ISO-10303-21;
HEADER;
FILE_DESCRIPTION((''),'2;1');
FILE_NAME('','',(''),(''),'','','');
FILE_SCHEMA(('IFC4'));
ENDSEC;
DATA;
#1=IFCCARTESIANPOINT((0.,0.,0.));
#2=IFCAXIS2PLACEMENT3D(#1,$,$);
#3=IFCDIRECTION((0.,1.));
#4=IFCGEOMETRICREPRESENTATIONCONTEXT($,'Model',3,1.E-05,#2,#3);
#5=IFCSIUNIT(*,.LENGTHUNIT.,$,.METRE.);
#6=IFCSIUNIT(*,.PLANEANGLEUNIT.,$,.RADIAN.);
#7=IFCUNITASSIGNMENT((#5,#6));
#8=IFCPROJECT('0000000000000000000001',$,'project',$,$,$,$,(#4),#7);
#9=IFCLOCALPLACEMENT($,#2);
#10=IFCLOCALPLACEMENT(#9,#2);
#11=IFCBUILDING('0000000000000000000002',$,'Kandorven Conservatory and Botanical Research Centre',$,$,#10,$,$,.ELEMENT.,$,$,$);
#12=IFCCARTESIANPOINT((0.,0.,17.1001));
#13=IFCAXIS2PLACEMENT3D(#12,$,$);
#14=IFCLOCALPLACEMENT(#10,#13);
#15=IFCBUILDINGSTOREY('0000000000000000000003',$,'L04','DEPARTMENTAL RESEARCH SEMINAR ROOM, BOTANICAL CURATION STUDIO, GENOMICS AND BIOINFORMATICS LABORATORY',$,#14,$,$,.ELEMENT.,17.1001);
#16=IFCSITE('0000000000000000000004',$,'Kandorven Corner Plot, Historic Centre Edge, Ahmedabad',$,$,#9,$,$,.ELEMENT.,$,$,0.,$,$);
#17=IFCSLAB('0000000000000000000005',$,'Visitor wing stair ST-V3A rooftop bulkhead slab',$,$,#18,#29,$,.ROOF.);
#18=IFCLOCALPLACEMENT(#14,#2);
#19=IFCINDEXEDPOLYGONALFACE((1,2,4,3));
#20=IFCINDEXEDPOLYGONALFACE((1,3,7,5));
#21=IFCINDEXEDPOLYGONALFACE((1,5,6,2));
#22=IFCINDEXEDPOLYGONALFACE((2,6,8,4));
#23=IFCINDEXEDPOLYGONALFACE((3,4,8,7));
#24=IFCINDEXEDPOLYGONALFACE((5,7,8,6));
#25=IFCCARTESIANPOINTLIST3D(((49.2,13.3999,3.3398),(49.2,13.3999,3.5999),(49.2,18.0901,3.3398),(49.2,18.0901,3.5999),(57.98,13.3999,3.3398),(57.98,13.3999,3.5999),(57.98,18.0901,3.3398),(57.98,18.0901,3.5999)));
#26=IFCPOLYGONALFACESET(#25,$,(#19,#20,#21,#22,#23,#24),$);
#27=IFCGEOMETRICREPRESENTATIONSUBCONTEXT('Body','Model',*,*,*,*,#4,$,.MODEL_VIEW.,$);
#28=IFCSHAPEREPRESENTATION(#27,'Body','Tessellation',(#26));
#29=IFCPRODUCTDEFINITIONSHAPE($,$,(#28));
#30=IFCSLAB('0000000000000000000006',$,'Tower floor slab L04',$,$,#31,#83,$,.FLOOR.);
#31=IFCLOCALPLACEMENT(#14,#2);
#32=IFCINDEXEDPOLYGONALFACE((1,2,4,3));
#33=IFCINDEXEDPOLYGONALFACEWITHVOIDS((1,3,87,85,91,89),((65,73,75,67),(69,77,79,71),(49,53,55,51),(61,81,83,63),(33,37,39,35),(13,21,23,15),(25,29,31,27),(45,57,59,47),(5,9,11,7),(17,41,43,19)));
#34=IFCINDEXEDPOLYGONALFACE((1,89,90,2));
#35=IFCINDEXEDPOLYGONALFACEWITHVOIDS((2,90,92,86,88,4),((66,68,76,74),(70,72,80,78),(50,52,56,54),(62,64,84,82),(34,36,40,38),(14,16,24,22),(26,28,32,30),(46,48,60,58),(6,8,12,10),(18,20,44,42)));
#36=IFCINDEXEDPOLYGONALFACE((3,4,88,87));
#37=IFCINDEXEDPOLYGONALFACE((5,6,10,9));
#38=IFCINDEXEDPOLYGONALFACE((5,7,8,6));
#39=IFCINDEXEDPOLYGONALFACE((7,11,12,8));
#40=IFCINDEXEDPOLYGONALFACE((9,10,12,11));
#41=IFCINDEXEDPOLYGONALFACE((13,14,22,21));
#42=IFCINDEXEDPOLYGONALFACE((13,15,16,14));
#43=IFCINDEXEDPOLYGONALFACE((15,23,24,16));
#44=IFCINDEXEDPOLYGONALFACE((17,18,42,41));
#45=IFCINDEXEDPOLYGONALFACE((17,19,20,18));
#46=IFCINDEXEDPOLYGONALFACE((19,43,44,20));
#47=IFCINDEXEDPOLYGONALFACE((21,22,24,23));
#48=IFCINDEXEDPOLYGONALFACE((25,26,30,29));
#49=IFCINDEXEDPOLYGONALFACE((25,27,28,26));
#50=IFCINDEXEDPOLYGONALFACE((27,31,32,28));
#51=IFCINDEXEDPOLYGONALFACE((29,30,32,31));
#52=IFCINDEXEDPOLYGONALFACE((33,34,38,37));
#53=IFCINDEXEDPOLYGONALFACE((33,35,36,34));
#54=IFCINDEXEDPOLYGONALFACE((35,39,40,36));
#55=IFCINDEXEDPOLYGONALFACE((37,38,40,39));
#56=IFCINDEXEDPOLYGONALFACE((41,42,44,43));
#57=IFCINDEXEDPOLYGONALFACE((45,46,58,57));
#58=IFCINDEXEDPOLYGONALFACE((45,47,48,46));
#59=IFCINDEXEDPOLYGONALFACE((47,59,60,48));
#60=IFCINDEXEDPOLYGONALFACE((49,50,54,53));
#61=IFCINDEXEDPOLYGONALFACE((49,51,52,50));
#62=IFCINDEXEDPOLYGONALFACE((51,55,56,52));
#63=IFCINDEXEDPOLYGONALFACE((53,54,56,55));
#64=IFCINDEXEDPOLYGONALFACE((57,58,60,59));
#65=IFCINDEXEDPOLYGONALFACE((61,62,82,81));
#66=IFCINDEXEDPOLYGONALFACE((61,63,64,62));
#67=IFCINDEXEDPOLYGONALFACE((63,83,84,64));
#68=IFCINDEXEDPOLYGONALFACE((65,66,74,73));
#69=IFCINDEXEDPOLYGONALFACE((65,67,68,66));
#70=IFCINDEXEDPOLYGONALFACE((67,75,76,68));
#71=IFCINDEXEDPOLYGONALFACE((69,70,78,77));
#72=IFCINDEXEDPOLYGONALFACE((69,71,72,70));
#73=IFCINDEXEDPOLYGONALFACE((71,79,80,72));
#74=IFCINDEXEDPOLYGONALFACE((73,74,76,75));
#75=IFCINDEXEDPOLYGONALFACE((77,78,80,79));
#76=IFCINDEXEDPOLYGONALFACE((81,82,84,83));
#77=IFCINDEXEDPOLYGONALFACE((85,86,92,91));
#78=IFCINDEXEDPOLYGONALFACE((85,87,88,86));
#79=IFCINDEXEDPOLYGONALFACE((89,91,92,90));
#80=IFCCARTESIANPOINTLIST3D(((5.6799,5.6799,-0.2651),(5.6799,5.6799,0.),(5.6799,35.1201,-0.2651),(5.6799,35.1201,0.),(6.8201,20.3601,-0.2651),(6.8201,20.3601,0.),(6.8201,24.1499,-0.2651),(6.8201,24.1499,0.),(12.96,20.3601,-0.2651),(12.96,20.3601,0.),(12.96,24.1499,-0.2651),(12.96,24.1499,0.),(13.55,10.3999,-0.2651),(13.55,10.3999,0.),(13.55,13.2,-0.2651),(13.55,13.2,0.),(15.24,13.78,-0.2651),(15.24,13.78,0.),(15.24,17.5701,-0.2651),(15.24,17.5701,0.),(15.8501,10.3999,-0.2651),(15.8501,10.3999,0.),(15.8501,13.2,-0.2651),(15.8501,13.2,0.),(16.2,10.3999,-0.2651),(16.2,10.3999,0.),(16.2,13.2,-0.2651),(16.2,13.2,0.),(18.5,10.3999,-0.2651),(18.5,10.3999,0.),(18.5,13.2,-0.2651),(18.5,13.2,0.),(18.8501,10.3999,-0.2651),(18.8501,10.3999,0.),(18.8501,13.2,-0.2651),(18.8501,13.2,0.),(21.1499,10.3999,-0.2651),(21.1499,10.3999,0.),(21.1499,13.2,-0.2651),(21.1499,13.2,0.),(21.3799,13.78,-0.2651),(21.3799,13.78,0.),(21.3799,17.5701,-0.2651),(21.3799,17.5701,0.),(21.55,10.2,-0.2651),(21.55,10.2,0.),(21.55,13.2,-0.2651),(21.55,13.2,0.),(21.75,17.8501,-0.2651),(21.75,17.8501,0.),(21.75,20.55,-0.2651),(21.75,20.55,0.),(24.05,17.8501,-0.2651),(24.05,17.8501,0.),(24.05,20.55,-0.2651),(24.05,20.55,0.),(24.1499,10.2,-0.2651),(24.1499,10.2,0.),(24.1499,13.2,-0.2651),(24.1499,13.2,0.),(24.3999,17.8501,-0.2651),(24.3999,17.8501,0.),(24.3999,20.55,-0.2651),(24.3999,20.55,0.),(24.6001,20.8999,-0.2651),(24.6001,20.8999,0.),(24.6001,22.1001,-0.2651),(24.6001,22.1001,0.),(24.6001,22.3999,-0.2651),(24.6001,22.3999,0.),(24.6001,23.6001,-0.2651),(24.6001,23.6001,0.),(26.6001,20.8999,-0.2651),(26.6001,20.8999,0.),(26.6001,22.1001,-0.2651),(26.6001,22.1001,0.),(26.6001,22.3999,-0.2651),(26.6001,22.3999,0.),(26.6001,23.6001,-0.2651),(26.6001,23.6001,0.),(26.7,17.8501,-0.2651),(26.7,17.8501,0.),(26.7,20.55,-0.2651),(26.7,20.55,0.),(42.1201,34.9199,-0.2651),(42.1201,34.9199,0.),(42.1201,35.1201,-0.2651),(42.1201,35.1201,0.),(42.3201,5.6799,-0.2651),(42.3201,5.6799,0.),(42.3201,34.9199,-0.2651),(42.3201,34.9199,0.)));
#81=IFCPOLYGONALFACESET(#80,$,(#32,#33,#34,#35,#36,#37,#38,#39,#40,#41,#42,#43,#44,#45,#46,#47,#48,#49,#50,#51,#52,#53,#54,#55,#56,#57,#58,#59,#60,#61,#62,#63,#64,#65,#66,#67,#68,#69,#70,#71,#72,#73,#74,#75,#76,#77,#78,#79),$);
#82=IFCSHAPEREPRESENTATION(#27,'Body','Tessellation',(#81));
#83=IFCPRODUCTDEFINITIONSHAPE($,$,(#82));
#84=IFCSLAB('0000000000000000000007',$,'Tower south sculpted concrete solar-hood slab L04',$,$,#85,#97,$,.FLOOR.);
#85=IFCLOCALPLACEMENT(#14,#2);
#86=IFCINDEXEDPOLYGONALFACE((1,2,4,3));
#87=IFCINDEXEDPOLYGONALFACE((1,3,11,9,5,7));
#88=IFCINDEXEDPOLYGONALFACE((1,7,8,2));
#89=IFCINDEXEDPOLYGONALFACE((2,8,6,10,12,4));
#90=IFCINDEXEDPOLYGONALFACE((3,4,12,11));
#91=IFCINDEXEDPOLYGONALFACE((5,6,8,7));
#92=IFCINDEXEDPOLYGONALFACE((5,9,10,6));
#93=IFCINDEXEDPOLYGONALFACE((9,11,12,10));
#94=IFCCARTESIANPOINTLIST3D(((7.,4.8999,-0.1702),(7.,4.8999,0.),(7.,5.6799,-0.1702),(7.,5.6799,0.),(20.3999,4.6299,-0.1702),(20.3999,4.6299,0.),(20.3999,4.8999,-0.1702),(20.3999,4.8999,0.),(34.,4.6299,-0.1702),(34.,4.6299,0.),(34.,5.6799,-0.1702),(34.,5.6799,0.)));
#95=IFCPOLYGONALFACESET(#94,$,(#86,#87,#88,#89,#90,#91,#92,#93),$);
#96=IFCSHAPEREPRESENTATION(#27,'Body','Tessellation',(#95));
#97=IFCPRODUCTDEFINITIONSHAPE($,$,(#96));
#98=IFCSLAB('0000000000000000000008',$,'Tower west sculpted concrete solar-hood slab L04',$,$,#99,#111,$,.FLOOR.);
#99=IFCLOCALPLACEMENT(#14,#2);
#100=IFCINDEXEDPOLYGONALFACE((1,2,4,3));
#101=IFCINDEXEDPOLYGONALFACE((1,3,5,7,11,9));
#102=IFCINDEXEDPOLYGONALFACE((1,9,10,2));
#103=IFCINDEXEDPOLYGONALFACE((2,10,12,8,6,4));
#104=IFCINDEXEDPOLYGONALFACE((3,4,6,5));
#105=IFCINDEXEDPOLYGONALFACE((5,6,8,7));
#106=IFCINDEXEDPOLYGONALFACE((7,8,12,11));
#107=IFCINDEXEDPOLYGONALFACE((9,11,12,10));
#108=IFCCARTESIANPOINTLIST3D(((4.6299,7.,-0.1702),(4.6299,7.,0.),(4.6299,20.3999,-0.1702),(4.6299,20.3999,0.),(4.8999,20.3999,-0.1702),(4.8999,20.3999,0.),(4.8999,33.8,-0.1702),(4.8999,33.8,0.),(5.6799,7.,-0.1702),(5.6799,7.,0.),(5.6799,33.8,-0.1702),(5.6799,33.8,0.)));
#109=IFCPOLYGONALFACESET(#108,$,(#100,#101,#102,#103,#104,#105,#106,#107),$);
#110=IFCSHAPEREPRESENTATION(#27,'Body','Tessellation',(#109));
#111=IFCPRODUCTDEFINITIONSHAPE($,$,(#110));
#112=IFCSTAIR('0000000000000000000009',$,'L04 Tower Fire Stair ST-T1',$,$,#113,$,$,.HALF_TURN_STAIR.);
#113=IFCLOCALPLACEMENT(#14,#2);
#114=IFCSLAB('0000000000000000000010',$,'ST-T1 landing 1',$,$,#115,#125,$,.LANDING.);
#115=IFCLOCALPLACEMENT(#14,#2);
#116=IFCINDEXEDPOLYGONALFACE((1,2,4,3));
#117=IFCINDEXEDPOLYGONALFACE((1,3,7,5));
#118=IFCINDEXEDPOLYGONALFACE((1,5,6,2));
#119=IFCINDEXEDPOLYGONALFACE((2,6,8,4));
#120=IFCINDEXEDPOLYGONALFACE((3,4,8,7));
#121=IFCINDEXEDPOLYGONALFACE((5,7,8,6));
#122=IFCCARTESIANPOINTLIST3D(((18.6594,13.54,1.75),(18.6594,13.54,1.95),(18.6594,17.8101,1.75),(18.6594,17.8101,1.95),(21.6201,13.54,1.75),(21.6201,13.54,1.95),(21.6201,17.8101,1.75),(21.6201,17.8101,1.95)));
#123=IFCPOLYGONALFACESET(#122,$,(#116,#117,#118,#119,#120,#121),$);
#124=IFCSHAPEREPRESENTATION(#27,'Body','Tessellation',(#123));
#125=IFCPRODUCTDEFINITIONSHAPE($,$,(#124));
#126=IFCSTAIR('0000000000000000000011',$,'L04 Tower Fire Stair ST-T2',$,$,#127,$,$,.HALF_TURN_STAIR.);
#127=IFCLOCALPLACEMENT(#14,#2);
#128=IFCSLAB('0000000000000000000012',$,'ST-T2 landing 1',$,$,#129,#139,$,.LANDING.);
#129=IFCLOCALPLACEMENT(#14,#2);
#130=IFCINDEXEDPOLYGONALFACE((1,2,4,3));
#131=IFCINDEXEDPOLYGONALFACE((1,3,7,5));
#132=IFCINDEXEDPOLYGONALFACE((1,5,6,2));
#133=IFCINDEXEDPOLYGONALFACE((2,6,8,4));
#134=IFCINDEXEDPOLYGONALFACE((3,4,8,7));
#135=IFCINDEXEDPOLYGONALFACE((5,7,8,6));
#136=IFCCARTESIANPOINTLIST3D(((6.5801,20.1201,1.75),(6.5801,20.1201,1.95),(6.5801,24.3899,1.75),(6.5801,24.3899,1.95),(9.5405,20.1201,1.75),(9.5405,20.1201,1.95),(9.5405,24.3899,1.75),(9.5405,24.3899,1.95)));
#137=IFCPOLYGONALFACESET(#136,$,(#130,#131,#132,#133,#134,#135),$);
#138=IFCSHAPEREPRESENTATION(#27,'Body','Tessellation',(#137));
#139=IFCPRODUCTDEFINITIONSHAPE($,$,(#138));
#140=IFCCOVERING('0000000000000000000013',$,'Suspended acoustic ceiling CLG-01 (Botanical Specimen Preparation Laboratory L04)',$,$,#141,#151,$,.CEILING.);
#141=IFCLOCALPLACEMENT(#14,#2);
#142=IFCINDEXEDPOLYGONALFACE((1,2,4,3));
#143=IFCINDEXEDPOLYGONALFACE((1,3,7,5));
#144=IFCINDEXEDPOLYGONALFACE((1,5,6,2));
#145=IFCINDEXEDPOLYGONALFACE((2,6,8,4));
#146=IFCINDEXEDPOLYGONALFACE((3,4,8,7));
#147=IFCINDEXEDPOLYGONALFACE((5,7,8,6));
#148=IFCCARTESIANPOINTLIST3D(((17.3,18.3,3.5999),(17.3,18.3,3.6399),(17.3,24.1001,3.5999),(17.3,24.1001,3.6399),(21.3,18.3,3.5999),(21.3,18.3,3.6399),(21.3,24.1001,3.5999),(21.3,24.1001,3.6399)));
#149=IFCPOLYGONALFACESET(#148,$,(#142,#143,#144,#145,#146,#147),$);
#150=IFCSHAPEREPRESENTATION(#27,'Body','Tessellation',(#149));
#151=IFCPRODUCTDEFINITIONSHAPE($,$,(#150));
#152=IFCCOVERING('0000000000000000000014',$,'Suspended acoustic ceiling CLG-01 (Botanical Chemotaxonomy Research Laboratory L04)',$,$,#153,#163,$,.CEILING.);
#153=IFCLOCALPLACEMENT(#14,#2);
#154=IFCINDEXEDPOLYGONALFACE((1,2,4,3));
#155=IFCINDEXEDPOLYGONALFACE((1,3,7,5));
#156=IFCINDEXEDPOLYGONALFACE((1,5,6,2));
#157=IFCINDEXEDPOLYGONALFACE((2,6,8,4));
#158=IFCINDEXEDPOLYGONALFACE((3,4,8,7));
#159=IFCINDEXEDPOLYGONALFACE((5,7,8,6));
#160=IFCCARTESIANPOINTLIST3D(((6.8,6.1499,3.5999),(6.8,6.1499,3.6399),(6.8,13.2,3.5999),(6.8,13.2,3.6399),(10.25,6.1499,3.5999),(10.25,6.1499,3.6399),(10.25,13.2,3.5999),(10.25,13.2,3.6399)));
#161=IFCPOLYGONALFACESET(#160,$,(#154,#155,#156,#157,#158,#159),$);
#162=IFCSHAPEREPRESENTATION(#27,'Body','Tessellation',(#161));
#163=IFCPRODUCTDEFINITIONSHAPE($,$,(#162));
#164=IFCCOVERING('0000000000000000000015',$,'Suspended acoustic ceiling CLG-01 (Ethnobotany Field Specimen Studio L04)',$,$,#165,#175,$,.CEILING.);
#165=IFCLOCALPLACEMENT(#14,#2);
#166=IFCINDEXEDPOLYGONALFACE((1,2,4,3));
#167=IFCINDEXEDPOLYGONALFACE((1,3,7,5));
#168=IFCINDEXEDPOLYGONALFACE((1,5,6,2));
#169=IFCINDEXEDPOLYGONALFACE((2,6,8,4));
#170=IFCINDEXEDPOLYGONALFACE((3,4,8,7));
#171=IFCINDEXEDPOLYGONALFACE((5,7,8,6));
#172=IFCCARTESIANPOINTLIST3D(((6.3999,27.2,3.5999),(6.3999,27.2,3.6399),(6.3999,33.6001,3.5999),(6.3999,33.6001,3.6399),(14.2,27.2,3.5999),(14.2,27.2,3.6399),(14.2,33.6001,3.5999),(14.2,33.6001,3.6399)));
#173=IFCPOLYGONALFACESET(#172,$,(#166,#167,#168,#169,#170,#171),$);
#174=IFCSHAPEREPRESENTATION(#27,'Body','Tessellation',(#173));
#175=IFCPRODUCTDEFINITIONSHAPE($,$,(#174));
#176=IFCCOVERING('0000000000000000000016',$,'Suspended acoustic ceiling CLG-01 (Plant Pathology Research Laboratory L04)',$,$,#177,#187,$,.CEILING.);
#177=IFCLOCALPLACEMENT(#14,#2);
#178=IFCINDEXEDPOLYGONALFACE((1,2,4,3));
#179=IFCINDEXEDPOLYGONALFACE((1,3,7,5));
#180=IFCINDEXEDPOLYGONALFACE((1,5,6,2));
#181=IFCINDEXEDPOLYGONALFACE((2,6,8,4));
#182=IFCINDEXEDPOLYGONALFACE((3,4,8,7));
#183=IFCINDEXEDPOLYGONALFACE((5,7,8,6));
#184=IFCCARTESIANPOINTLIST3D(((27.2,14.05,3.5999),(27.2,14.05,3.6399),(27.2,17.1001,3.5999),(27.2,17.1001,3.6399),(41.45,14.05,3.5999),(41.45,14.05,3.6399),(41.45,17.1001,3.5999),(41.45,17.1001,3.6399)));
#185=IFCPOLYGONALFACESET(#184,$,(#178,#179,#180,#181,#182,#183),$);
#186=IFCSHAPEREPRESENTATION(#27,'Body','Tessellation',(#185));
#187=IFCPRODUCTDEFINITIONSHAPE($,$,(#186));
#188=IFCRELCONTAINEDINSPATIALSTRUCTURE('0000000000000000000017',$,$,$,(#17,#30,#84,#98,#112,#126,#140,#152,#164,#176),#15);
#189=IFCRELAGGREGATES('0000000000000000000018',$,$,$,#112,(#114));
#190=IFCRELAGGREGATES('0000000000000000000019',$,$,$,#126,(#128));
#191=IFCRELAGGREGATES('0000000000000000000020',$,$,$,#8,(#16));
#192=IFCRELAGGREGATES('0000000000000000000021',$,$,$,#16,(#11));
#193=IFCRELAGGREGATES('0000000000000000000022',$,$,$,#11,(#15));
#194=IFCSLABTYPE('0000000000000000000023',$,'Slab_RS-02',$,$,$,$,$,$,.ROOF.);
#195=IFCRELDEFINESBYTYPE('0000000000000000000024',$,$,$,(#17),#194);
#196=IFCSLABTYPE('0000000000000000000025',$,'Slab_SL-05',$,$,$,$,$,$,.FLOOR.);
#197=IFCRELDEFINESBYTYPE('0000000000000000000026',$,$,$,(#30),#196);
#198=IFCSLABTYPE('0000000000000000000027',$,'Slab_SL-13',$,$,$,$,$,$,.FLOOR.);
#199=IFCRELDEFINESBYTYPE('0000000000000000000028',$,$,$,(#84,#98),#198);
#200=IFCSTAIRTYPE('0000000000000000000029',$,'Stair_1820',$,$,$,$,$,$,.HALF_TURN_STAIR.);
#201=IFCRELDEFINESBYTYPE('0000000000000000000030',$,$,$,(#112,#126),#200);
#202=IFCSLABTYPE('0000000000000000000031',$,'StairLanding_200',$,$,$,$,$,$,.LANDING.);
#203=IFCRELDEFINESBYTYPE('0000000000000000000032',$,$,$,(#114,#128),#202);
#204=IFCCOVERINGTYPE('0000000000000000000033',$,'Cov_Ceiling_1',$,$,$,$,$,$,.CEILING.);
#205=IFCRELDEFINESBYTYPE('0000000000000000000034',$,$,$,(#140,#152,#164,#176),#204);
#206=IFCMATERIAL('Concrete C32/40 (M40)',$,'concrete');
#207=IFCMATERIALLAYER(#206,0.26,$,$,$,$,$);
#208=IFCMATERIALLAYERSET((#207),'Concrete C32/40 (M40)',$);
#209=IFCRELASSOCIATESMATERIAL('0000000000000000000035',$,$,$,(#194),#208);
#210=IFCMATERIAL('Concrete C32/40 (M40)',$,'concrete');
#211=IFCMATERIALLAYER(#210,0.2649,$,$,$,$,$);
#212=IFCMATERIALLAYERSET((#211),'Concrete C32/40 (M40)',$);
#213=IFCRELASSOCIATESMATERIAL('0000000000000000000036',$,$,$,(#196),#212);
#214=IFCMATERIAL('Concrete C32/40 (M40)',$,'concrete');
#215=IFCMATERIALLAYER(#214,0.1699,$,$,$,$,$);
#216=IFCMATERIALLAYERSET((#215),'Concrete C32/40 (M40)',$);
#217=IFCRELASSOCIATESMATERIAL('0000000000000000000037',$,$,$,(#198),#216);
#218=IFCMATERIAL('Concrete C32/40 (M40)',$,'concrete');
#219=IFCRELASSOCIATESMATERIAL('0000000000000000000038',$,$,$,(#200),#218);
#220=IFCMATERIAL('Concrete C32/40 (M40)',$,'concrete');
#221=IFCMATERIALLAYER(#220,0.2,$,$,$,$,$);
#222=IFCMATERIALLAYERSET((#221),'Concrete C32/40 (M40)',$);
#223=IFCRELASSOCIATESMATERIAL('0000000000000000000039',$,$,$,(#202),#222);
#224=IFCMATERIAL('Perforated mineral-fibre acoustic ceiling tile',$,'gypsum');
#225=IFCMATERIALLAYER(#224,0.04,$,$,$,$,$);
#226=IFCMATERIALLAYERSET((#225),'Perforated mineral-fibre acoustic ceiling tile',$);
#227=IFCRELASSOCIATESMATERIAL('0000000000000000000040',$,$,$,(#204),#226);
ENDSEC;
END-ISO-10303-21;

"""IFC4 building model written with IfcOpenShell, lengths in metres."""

from ifc_helpers import new_model, si_unit, direction, frame, origin, place, context, subcontext, project, spatial, polyline, outline, extrude, material, layer, layer_set, type_object, element, aggregate, save


model = new_model("IFC4")

# Units and contexts
model_context = context("Model", 3, precision=1e-05, world=origin(), true_north=direction((0.0, 1.0)))
body_context = subcontext(model_context, "Body", "Model", "MODEL_VIEW")
ifc_project = project(units=[si_unit("LENGTHUNIT", "METRE"), si_unit("PLANEANGLEUNIT", "RADIAN")], contexts=[model_context])

# Site, building, storey
site_placement = place(None, origin())
site = spatial("IfcSite", under=ifc_project, at=site_placement, Name="Kandorven Corner Plot, Historic Centre Edge, Ahmedabad", CompositionType="ELEMENT", RefElevation=0.0)
building_placement = place(site_placement, origin())
building = spatial("IfcBuilding", under=site, at=building_placement, Name="Kandorven Conservatory and Botanical Research Centre", CompositionType="ELEMENT")
storey_placement = place(building_placement, frame((0.0, 0.0, 17.1001)))
storey = spatial("IfcBuildingStorey", under=building, at=storey_placement, Name="L04", Description="DEPARTMENTAL RESEARCH SEMINAR ROOM, BOTANICAL CURATION STUDIO, GENOMICS AND BIOINFORMATICS LABORATORY", CompositionType="ELEMENT", Elevation=17.1001)

# Slabs
ifc_material_1 = material(Name="Concrete C32/40 (M40)", Category="concrete")
ifc_layer_1 = layer(ifc_material_1, 0.26)
ifc_layer_set_1 = layer_set([ifc_layer_1], Name="Concrete C32/40 (M40)")
slab_type_1 = type_object("IfcSlabType", Name="Slab_RS-02", PredefinedType="ROOF", material=ifc_layer_set_1)
slab_1_placement = place(storey_placement, frame((0.0, 0.0, 3.3398)))
element("IfcSlab", 1, at=slab_1_placement, inside=storey, type_object=slab_type_1, Name="Visitor wing stair ST-V3A rooftop bulkhead slab", PredefinedType="ROOF", context=body_context, shape_type="SweptSolid", body=[
    extrude(outline(polyline([(49.2, 13.3999), (57.98, 13.3999), (57.98, 18.0901), (49.2, 18.0901), (49.2, 13.3999)])), origin(), (0.0, 0.0, 1.0), 0.26),
])
ifc_material_2 = material(Name="Concrete C32/40 (M40)", Category="concrete")
ifc_layer_2 = layer(ifc_material_2, 0.2649)
ifc_layer_set_2 = layer_set([ifc_layer_2], Name="Concrete C32/40 (M40)")
slab_type_2 = type_object("IfcSlabType", Name="Slab_SL-05", PredefinedType="FLOOR", material=ifc_layer_set_2)
slab_2_placement = place(storey_placement, frame((0.0, 0.0, -0.2651)))
element("IfcSlab", 2, at=slab_2_placement, inside=storey, type_object=slab_type_2, Name="Tower floor slab L04", PredefinedType="FLOOR", context=body_context, shape_type="SweptSolid", body=[
    extrude(outline(polyline([(5.6799, 5.6799), (42.3201, 5.6799), (42.3201, 34.9199), (42.1201, 34.9199), (42.1201, 35.1201), (5.6799, 35.1201), (5.6799, 5.6799)]), holes=[polyline([(15.24, 13.78), (21.3799, 13.78), (21.3799, 17.5701), (15.24, 17.5701), (15.24, 13.78)]), polyline([(12.96, 24.1499), (6.8201, 24.1499), (6.8201, 20.3601), (12.96, 20.3601), (12.96, 24.1499)]), polyline([(21.75, 17.8501), (24.05, 17.8501), (24.05, 20.55), (21.75, 20.55), (21.75, 17.8501)]), polyline([(24.3999, 17.8501), (26.7, 17.8501), (26.7, 20.55), (24.3999, 20.55), (24.3999, 17.8501)]), polyline([(13.55, 10.3999), (15.8501, 10.3999), (15.8501, 13.2), (13.55, 13.2), (13.55, 10.3999)]), polyline([(16.2, 10.3999), (18.5, 10.3999), (18.5, 13.2), (16.2, 13.2), (16.2, 10.3999)]), polyline([(18.8501, 10.3999), (21.1499, 10.3999), (21.1499, 13.2), (18.8501, 13.2), (18.8501, 10.3999)]), polyline([(21.55, 10.2), (24.1499, 10.2), (24.1499, 13.2), (21.55, 13.2), (21.55, 10.2)]), polyline([(24.6001, 20.8999), (26.6001, 20.8999), (26.6001, 22.1001), (24.6001, 22.1001), (24.6001, 20.8999)]), polyline([(24.6001, 22.3999), (26.6001, 22.3999), (26.6001, 23.6001), (24.6001, 23.6001), (24.6001, 22.3999)])]), origin(), (0.0, 0.0, 1.0), 0.2651),
])
ifc_material_3 = material(Name="Concrete C32/40 (M40)", Category="concrete")
ifc_layer_3 = layer(ifc_material_3, 0.1699)
ifc_layer_set_3 = layer_set([ifc_layer_3], Name="Concrete C32/40 (M40)")
slab_type_3 = type_object("IfcSlabType", Name="Slab_SL-13", PredefinedType="FLOOR", material=ifc_layer_set_3)
slab_3_placement = place(storey_placement, frame((0.0, 0.0, -0.1702)))
element("IfcSlab", 3, at=slab_3_placement, inside=storey, type_object=slab_type_3, Name="Tower south sculpted concrete solar-hood slab L04", PredefinedType="FLOOR", context=body_context, shape_type="SweptSolid", body=[
    extrude(outline(polyline([(7.0, 5.6799), (34.0, 5.6799), (34.0, 4.6299), (20.3999, 4.6299), (20.3999, 4.8999), (7.0, 4.8999), (7.0, 5.6799)])), origin(), (0.0, 0.0, 1.0), 0.1702),
])
slab_4_placement = place(storey_placement, frame((0.0, 0.0, -0.1702)))
element("IfcSlab", 4, at=slab_4_placement, inside=storey, type_object=slab_type_3, Name="Tower west sculpted concrete solar-hood slab L04", PredefinedType="FLOOR", context=body_context, shape_type="SweptSolid", body=[
    extrude(outline(polyline([(4.6299, 7.0), (5.6799, 7.0), (5.6799, 33.8), (4.8999, 33.8), (4.8999, 20.3999), (4.6299, 20.3999), (4.6299, 7.0)])), origin(), (0.0, 0.0, 1.0), 0.1702),
])

# Stairs, slabs
ifc_material_4 = material(Name="Concrete C32/40 (M40)", Category="concrete")
stair_type = type_object("IfcStairType", Name="Stair_1820", PredefinedType="HALF_TURN_STAIR", material=ifc_material_4)
stair_1_placement = place(storey_placement, origin())
stair_1 = element("IfcStair", 5, at=stair_1_placement, inside=storey, type_object=stair_type, Name="L04 Tower Fire Stair ST-T1", PredefinedType="HALF_TURN_STAIR")
ifc_material_5 = material(Name="Concrete C32/40 (M40)", Category="concrete")
ifc_layer_4 = layer(ifc_material_5, 0.2)
ifc_layer_set_4 = layer_set([ifc_layer_4], Name="Concrete C32/40 (M40)")
slab_type_4 = type_object("IfcSlabType", Name="StairLanding_200", PredefinedType="LANDING", material=ifc_layer_set_4)
slab_5_placement = place(storey_placement, frame((0.0, 0.0, 1.75)))
slab_5 = element("IfcSlab", 6, at=slab_5_placement, type_object=slab_type_4, Name="ST-T1 landing 1", PredefinedType="LANDING", context=body_context, shape_type="SweptSolid", body=[
    extrude(outline(polyline([(18.6594, 13.54), (21.6201, 13.54), (21.6201, 17.8101), (18.6594, 17.8101), (18.6594, 13.54)])), origin(), (0.0, 0.0, 1.0), 0.2),
])
aggregate(stair_1, [slab_5])
stair_2_placement = place(storey_placement, origin())
stair_2 = element("IfcStair", 7, at=stair_2_placement, inside=storey, type_object=stair_type, Name="L04 Tower Fire Stair ST-T2", PredefinedType="HALF_TURN_STAIR")
slab_6_placement = place(storey_placement, frame((0.0, 0.0, 1.75)))
slab_6 = element("IfcSlab", 8, at=slab_6_placement, type_object=slab_type_4, Name="ST-T2 landing 1", PredefinedType="LANDING", context=body_context, shape_type="SweptSolid", body=[
    extrude(outline(polyline([(9.5405, 24.3899), (6.5801, 24.3899), (6.5801, 20.1201), (9.5405, 20.1201), (9.5405, 24.3899)])), origin(), (0.0, 0.0, 1.0), 0.2),
])
aggregate(stair_2, [slab_6])

# Coverings
ifc_material_6 = material(Name="Perforated mineral-fibre acoustic ceiling tile", Category="gypsum")
ifc_layer_5 = layer(ifc_material_6, 0.04)
ifc_layer_set_5 = layer_set([ifc_layer_5], Name="Perforated mineral-fibre acoustic ceiling tile")
covering_type_1 = type_object("IfcCoveringType", Name="Cov_Ceiling_1", PredefinedType="CEILING", material=ifc_layer_set_5)
covering_1_placement = place(storey_placement, frame((0.0, 0.0, 3.5999)))
element("IfcCovering", 9, at=covering_1_placement, inside=storey, type_object=covering_type_1, Name="Suspended acoustic ceiling CLG-01 (Botanical Specimen Preparation Laboratory L04)", PredefinedType="CEILING", context=body_context, shape_type="SweptSolid", body=[
    extrude(outline(polyline([(17.3, 18.3), (21.3, 18.3), (21.3, 24.1001), (17.3, 24.1001), (17.3, 18.3)])), origin(), (0.0, 0.0, 1.0), 0.04),
])
covering_2_placement = place(storey_placement, frame((0.0, 0.0, 3.5999)))
element("IfcCovering", 10, at=covering_2_placement, inside=storey, type_object=covering_type_1, Name="Suspended acoustic ceiling CLG-01 (Botanical Chemotaxonomy Research Laboratory L04)", PredefinedType="CEILING", context=body_context, shape_type="SweptSolid", body=[
    extrude(outline(polyline([(6.8, 6.1499), (10.25, 6.1499), (10.25, 13.2), (6.8, 13.2), (6.8, 6.1499)])), origin(), (0.0, 0.0, 1.0), 0.04),
])
covering_3_placement = place(storey_placement, frame((0.0, 0.0, 3.5999)))
element("IfcCovering", 11, at=covering_3_placement, inside=storey, type_object=covering_type_1, Name="Suspended acoustic ceiling CLG-01 (Ethnobotany Field Specimen Studio L04)", PredefinedType="CEILING", context=body_context, shape_type="SweptSolid", body=[
    extrude(outline(polyline([(6.3999, 27.2), (14.2, 27.2), (14.2, 33.6001), (6.3999, 33.6001), (6.3999, 27.2)])), origin(), (0.0, 0.0, 1.0), 0.04),
])
covering_4_placement = place(storey_placement, frame((0.0, 0.0, 3.5999)))
element("IfcCovering", 12, at=covering_4_placement, inside=storey, type_object=covering_type_1, Name="Suspended acoustic ceiling CLG-01 (Plant Pathology Research Laboratory L04)", PredefinedType="CEILING", context=body_context, shape_type="SweptSolid", body=[
    extrude(outline(polyline([(27.2, 14.05), (41.45, 14.05), (41.45, 17.1001), (27.2, 17.1001), (27.2, 14.05)])), origin(), (0.0, 0.0, 1.0), 0.04),
])

save(model, "model.ifc")
